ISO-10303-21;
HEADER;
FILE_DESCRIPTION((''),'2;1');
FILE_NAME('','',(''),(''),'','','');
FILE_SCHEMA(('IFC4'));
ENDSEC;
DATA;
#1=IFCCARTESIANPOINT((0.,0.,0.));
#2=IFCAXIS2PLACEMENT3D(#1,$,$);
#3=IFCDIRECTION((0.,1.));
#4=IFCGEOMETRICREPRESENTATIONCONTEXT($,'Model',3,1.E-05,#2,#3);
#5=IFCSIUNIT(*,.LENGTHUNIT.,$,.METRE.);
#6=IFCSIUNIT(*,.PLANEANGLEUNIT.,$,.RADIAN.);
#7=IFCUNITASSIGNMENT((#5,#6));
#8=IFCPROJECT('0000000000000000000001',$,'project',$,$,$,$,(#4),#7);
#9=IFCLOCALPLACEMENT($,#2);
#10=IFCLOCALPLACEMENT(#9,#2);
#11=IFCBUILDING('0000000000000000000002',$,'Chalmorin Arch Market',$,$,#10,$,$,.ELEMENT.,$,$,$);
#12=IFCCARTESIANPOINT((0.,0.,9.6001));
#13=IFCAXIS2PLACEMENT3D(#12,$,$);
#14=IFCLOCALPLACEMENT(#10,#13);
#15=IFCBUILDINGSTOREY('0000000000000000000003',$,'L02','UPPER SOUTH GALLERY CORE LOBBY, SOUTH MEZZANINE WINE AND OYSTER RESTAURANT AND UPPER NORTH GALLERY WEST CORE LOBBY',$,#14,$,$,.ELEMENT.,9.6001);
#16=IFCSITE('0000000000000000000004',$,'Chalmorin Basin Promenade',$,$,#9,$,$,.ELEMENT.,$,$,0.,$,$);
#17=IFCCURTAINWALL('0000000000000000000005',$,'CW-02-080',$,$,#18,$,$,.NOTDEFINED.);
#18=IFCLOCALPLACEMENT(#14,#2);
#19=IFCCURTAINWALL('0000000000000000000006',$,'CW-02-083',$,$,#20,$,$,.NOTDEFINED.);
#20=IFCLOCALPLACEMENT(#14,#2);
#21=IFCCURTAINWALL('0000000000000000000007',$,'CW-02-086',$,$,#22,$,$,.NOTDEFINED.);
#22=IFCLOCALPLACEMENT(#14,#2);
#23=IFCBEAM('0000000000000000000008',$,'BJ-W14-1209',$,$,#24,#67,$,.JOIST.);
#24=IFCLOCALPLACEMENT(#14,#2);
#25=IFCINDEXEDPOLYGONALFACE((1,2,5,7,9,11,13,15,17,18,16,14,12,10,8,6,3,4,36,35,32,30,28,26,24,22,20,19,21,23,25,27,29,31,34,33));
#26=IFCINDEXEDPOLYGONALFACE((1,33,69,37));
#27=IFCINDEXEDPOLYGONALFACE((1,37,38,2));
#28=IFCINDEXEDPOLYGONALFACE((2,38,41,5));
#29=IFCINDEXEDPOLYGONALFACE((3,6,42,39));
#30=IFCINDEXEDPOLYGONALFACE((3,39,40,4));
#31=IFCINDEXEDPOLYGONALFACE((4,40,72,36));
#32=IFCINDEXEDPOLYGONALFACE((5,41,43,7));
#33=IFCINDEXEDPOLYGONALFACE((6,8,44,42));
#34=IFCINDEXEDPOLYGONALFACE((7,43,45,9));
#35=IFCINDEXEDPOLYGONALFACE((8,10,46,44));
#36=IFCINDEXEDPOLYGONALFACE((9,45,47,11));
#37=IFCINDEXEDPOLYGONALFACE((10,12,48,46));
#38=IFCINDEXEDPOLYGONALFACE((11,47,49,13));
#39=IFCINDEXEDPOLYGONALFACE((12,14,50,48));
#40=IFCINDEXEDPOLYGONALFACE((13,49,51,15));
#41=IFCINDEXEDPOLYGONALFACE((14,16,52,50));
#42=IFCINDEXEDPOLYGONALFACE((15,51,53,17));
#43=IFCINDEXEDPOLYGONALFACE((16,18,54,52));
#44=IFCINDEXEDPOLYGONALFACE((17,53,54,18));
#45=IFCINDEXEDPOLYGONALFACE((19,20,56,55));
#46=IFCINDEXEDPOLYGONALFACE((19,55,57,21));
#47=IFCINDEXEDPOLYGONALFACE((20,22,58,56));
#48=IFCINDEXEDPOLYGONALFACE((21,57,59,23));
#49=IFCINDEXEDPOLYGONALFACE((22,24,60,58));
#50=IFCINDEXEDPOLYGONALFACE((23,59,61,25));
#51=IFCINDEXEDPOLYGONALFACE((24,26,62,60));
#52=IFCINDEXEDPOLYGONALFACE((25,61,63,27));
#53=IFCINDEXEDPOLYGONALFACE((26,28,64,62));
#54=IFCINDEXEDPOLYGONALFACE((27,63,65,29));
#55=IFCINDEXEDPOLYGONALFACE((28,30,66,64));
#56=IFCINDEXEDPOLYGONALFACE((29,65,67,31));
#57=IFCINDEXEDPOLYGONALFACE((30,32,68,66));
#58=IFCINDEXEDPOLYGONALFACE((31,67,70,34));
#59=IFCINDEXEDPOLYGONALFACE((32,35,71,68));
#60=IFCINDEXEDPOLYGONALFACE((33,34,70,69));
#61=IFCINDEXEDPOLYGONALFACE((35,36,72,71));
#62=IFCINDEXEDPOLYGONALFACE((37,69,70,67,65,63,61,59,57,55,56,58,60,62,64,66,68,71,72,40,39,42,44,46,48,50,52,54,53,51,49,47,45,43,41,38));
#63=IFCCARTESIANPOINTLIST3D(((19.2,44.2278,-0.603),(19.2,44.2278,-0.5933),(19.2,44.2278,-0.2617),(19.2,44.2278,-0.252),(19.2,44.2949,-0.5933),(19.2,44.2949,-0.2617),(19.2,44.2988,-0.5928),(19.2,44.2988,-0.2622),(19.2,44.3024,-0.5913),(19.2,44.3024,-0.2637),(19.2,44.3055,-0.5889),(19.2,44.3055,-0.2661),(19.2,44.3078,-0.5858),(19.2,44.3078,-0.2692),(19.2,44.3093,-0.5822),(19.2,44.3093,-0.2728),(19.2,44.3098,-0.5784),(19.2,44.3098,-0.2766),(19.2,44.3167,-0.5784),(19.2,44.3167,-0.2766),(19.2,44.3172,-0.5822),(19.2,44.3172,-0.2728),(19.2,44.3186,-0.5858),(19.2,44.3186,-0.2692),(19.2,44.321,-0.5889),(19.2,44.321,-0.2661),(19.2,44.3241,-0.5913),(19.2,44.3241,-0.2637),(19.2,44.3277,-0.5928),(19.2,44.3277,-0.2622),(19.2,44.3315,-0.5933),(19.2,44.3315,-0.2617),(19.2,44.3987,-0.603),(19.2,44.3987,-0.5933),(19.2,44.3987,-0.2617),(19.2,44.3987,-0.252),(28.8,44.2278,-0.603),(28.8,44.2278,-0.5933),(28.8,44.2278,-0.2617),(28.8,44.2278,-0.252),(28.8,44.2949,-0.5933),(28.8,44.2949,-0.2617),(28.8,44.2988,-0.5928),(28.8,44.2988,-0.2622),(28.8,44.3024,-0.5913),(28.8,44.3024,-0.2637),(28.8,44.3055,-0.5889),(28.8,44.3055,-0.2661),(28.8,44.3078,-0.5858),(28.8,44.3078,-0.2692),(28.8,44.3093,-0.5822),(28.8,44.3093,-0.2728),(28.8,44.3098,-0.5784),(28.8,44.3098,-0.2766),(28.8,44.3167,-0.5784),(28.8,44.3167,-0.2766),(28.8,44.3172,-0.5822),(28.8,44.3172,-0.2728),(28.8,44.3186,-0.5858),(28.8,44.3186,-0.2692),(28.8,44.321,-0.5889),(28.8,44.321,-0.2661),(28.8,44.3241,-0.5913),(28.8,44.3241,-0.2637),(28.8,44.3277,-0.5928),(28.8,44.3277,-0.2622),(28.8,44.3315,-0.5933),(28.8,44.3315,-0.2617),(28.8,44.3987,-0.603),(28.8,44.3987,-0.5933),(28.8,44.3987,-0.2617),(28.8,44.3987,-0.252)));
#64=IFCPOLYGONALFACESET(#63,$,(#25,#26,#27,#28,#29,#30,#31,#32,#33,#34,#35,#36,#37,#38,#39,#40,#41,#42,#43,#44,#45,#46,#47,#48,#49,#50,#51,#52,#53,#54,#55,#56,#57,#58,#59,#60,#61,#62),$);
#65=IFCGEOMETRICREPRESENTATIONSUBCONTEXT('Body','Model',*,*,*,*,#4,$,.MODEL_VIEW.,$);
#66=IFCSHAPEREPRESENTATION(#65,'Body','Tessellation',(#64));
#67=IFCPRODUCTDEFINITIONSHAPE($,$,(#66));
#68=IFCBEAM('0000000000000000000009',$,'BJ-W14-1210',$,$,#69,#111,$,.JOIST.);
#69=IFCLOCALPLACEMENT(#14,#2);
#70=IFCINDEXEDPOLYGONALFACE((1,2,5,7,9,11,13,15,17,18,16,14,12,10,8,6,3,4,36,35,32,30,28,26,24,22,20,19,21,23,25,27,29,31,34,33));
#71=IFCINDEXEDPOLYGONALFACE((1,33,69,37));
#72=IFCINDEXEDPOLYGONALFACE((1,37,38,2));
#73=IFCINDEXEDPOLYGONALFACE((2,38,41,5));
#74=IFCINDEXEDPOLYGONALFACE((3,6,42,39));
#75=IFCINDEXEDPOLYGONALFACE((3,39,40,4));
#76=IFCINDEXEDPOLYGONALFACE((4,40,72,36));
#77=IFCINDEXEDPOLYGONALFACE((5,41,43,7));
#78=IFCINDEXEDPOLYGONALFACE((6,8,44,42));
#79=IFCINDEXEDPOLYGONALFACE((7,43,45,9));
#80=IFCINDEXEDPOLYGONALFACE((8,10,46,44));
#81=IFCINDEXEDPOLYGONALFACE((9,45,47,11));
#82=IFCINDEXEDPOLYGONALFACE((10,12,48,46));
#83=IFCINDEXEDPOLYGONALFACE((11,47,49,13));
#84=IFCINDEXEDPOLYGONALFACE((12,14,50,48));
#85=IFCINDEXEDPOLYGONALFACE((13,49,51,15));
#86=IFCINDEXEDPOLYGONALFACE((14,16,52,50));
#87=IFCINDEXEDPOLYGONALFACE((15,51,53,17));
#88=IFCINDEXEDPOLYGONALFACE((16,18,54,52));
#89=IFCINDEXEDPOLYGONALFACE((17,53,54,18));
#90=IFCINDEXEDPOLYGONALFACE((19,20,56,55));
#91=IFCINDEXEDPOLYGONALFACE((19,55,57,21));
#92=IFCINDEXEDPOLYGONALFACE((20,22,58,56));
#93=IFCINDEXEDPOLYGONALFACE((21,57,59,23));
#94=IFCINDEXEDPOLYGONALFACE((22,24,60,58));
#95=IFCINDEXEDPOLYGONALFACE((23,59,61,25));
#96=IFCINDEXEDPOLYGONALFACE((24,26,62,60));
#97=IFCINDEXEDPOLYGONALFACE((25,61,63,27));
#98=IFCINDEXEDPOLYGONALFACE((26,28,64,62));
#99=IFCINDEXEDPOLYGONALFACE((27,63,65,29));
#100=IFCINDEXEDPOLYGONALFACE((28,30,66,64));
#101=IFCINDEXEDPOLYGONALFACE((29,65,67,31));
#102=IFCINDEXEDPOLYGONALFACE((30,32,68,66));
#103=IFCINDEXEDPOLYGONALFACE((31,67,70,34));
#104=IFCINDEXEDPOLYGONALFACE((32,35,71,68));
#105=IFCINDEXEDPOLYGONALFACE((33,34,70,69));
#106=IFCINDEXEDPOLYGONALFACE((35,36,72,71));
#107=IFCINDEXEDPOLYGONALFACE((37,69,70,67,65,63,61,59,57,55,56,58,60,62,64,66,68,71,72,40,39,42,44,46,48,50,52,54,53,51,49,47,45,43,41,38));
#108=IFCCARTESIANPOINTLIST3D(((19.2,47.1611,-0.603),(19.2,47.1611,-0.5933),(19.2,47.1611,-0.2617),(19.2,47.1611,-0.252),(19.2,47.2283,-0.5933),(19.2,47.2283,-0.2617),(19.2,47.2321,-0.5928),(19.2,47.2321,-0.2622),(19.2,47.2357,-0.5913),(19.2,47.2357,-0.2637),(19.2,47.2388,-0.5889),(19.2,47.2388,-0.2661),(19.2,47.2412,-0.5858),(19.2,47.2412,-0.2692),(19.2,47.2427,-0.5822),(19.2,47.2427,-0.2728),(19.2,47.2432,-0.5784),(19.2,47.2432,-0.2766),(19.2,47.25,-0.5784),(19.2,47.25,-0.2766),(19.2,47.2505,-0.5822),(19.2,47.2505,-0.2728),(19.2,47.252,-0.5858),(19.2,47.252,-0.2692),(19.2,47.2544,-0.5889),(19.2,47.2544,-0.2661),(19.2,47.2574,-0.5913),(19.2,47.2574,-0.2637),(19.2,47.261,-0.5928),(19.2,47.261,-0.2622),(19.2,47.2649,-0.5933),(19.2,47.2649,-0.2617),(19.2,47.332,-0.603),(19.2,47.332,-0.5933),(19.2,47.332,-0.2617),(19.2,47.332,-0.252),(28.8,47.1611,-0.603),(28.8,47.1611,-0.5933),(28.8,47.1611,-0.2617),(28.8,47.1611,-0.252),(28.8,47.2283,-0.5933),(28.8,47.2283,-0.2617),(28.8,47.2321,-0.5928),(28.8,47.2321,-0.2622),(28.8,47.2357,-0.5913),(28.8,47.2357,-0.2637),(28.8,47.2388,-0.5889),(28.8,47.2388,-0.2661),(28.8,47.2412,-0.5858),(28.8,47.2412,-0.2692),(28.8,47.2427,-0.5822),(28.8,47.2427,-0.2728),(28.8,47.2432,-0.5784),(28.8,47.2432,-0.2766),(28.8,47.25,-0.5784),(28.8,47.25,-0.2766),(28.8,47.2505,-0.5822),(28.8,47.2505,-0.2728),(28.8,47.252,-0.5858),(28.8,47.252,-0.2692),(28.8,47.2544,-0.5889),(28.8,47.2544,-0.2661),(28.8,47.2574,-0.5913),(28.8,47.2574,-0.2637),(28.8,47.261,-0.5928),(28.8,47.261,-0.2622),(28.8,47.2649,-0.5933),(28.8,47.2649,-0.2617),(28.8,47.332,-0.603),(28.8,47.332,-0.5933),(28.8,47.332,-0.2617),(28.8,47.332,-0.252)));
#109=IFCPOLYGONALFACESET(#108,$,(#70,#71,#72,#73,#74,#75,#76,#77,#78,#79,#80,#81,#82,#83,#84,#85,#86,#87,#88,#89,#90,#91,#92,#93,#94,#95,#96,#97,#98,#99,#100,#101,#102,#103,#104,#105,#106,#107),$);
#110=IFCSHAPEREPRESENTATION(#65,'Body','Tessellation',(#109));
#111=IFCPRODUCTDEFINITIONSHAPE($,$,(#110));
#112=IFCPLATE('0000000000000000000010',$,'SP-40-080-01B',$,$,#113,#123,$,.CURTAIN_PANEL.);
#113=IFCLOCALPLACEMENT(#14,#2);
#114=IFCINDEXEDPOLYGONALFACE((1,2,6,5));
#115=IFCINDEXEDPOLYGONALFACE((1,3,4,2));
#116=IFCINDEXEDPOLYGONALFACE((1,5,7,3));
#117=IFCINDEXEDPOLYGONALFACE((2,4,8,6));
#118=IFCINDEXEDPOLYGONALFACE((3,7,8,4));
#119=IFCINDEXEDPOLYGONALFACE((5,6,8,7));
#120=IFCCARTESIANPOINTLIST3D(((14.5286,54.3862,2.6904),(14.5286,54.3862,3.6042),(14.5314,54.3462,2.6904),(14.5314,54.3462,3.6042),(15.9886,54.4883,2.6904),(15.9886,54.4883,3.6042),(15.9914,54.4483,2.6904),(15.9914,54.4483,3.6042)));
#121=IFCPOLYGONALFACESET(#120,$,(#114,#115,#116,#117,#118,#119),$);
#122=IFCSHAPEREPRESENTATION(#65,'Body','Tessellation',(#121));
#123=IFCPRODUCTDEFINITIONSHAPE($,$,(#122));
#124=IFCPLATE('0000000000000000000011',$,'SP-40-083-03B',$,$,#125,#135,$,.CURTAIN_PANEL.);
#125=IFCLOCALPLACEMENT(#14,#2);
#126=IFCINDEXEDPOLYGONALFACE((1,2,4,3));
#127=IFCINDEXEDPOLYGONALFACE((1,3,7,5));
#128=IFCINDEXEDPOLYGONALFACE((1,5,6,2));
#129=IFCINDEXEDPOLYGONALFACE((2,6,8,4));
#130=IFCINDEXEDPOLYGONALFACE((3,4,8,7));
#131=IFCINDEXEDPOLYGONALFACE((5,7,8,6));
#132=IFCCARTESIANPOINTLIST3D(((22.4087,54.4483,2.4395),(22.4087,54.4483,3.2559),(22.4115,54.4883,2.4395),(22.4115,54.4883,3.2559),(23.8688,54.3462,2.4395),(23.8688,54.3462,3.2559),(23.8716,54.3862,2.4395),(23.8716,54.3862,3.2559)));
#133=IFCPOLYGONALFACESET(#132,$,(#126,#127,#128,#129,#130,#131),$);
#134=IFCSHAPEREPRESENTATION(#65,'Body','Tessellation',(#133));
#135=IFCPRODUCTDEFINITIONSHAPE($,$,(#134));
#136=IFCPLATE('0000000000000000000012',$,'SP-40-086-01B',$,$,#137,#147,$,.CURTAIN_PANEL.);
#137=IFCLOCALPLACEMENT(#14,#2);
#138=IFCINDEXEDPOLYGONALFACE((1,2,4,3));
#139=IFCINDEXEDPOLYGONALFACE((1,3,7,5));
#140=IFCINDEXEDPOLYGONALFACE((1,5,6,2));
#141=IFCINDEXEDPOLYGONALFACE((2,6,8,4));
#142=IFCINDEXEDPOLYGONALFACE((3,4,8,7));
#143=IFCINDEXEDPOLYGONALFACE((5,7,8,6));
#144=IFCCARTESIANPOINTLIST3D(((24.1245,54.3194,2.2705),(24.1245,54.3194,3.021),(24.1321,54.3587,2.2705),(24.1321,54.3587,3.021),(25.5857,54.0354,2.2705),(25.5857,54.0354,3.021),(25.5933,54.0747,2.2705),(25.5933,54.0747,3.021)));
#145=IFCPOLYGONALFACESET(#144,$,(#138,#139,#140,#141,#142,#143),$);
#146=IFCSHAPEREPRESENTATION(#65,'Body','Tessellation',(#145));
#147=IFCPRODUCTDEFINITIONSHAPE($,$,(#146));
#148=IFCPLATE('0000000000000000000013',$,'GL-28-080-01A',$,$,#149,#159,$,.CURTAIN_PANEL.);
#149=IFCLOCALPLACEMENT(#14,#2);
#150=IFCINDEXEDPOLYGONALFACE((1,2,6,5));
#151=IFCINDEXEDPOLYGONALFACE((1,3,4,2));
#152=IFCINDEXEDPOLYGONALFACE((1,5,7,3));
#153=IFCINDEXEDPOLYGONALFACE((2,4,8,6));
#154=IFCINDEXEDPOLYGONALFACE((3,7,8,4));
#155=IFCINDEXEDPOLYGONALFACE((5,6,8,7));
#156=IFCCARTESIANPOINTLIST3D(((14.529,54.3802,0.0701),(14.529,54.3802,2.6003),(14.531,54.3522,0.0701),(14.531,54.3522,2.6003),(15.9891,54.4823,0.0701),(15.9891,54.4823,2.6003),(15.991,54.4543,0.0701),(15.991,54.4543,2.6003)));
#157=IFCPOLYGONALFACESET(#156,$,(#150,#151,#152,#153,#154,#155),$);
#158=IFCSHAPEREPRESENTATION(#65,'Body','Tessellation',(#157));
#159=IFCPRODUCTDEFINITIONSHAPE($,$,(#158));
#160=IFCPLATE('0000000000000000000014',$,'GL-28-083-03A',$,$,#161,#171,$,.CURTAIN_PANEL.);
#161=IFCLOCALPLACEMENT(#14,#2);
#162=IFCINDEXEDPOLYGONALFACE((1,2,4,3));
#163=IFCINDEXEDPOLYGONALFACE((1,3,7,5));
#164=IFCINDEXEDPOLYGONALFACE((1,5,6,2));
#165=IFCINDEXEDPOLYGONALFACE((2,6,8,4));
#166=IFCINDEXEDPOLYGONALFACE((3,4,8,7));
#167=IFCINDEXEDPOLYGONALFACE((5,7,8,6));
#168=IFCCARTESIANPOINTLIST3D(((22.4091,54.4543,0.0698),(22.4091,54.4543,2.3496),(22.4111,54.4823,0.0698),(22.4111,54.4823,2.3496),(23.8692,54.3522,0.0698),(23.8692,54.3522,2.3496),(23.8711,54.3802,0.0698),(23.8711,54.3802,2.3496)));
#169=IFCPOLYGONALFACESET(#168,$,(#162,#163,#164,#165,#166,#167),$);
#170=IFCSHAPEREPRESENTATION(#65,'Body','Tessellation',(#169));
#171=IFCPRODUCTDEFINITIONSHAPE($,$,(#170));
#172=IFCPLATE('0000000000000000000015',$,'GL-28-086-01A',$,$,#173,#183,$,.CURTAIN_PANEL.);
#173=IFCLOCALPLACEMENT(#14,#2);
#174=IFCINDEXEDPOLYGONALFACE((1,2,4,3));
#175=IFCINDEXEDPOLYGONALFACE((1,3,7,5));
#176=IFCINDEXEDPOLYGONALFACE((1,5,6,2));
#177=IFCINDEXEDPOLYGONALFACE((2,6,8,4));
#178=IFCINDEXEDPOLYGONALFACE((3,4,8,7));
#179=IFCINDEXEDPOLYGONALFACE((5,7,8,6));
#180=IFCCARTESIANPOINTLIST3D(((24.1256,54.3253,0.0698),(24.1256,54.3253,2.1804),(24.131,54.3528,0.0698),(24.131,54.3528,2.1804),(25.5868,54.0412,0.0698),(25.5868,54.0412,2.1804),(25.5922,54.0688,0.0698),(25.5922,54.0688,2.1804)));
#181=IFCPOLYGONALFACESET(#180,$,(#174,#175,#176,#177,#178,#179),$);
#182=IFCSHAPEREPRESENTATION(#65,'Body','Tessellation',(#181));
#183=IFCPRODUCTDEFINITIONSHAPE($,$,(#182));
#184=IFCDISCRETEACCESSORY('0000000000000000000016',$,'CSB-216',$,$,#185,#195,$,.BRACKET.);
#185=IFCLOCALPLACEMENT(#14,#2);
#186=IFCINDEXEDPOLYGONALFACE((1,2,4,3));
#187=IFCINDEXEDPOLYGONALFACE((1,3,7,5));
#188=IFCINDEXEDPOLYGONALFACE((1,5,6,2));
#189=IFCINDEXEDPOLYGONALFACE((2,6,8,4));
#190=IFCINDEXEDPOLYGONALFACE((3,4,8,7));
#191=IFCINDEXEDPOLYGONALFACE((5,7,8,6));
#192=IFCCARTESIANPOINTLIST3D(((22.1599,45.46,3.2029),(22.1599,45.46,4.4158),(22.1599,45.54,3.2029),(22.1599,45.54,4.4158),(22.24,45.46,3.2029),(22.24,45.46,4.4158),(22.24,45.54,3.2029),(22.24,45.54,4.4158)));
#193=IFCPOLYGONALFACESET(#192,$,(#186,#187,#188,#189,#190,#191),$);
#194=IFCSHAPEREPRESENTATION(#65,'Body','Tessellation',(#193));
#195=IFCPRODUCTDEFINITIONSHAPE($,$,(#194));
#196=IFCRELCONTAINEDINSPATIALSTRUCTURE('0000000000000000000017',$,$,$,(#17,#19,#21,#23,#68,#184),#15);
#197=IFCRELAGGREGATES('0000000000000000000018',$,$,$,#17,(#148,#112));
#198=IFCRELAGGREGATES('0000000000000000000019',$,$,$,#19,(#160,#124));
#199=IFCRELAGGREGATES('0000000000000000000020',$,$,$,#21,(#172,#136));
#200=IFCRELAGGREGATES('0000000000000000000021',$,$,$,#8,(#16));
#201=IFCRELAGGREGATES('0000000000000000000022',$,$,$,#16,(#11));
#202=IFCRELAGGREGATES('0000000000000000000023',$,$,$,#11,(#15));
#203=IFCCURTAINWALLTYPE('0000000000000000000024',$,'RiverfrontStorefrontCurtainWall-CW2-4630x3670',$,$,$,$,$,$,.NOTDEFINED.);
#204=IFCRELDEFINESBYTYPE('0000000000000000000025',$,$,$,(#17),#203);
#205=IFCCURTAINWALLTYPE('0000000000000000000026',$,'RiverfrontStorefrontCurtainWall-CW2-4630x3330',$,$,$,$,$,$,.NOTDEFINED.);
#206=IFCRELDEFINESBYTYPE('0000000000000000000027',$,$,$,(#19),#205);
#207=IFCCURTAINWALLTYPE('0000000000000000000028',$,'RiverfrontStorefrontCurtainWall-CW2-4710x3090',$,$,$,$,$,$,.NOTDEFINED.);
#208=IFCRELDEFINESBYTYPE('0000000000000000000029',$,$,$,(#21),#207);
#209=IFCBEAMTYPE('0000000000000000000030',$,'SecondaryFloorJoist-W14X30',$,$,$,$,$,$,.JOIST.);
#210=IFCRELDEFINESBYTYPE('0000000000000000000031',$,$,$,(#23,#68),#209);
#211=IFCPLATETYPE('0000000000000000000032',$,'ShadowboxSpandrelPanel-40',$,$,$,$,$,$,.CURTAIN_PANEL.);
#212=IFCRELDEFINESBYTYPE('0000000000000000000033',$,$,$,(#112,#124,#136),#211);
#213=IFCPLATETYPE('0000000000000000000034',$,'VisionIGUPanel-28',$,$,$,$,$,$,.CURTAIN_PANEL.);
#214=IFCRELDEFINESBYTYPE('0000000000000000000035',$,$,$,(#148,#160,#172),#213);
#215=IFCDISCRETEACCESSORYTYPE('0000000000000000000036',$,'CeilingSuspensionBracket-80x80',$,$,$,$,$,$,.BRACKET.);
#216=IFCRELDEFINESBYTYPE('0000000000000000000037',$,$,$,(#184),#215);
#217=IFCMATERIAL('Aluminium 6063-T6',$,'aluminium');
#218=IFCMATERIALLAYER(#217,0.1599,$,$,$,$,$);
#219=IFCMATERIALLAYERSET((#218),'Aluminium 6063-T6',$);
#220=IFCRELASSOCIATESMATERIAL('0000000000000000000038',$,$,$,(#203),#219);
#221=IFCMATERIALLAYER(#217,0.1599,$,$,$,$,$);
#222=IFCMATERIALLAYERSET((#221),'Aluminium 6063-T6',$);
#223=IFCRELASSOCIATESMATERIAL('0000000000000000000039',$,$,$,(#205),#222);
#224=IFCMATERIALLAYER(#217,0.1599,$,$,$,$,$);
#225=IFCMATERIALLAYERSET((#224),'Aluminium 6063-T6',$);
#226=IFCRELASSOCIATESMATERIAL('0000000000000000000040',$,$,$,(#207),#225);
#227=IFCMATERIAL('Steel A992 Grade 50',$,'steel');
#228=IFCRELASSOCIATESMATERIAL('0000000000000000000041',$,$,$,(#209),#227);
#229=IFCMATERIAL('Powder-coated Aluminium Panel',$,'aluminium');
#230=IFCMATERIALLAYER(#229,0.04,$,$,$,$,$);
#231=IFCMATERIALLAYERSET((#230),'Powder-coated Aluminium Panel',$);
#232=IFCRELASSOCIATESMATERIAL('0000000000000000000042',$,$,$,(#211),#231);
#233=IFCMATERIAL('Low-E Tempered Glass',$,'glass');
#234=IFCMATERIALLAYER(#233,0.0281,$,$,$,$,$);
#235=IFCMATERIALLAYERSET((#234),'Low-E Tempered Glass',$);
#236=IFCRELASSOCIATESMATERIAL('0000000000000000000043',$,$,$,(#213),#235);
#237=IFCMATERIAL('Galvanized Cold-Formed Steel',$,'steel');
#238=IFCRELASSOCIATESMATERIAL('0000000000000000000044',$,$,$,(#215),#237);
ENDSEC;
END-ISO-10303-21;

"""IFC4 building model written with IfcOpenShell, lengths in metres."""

from ifc_helpers import new_model, si_unit, direction, frame, origin, origin_2d, place, context, subcontext, project, spatial, rectangle, i_section, extrude, material, layer, layer_set, material_profile, profile_set, type_object, element, aggregate, save


model = new_model("IFC4")

# Units and contexts
model_context = context("Model", 3, precision=1e-05, world=origin(), true_north=direction((0.0, 1.0)))
body_context = subcontext(model_context, "Body", "Model", "MODEL_VIEW")
ifc_project = project(units=[si_unit("LENGTHUNIT", "METRE"), si_unit("PLANEANGLEUNIT", "RADIAN")], contexts=[model_context])

# Site, building, storey
site_placement = place(None, origin())
site = spatial("IfcSite", under=ifc_project, at=site_placement, Name="Chalmorin Basin Promenade", CompositionType="ELEMENT", RefElevation=0.0)
building_placement = place(site_placement, origin())
building = spatial("IfcBuilding", under=site, at=building_placement, Name="Chalmorin Arch Market", CompositionType="ELEMENT")
storey_placement = place(building_placement, frame((0.0, 0.0, 9.6001)))
storey = spatial("IfcBuildingStorey", under=building, at=storey_placement, Name="L02", Description="UPPER SOUTH GALLERY CORE LOBBY, SOUTH MEZZANINE WINE AND OYSTER RESTAURANT AND UPPER NORTH GALLERY WEST CORE LOBBY", CompositionType="ELEMENT", Elevation=9.6001)

# Shared definitions
ifc_material_1 = material(Name="Steel A992 Grade 50", Category="steel")

# Curtain walls
ifc_material_2 = material(Name="Aluminium 6063-T6", Category="aluminium")
ifc_layer_1 = layer(ifc_material_2, 0.1599)
ifc_layer_set_1 = layer_set([ifc_layer_1], Name="Aluminium 6063-T6")
curtain_wall_type_1 = type_object("IfcCurtainWallType", Name="RiverfrontStorefrontCurtainWall-CW2-4630x3670", PredefinedType="NOTDEFINED", material=ifc_layer_set_1)
curtain_wall_1_placement = place(storey_placement, origin())
curtain_wall_1 = element("IfcCurtainWall", 1, at=curtain_wall_1_placement, inside=storey, type_object=curtain_wall_type_1, Name="CW-02-080", PredefinedType="NOTDEFINED")
ifc_layer_2 = layer(ifc_material_2, 0.1599)
ifc_layer_set_2 = layer_set([ifc_layer_2], Name="Aluminium 6063-T6")
curtain_wall_type_2 = type_object("IfcCurtainWallType", Name="RiverfrontStorefrontCurtainWall-CW2-4630x3330", PredefinedType="NOTDEFINED", material=ifc_layer_set_2)
curtain_wall_2_placement = place(storey_placement, origin())
curtain_wall_2 = element("IfcCurtainWall", 2, at=curtain_wall_2_placement, inside=storey, type_object=curtain_wall_type_2, Name="CW-02-083", PredefinedType="NOTDEFINED")

# Curtain wall
ifc_layer_3 = layer(ifc_material_2, 0.1599)
ifc_layer_set_3 = layer_set([ifc_layer_3], Name="Aluminium 6063-T6")
curtain_wall_type_3 = type_object("IfcCurtainWallType", Name="RiverfrontStorefrontCurtainWall-CW2-4710x3090", PredefinedType="NOTDEFINED", material=ifc_layer_set_3)
curtain_wall_3_placement = place(storey_placement, origin())
curtain_wall_3 = element("IfcCurtainWall", 3, at=curtain_wall_3_placement, inside=storey, type_object=curtain_wall_type_3, Name="CW-02-086", PredefinedType="NOTDEFINED")

# Beams
ifc_material_profile_1 = material_profile(ifc_material_1, i_section(OverallWidth=0.1709, OverallDepth=0.3511, WebThickness=0.0068, FlangeThickness=0.0098, FilletRadius=0.0149, at=origin_2d()), Name="W14X30")
ifc_profile_set_1 = profile_set([ifc_material_profile_1], Name="Steel A992 Grade 50")
beam_type_1 = type_object("IfcBeamType", Name="SecondaryFloorJoist-W14X30", PredefinedType="JOIST", material=ifc_profile_set_1)
for number, where, z_axis, x_axis, name in (
    (4, (19.2, 44.3132, -0.4275), (1.0, 0.0, 0.0), (0.0, 1.0, 0.0), "BJ-W14-1209"),
    (5, (19.2, 47.2466, -0.4275), (1.0, 0.0, 0.0), (0.0, 1.0, 0.0), "BJ-W14-1210"),
):
    element("IfcBeam", number, at=place(storey_placement, frame(where, z_axis=z_axis, x_axis=x_axis)), inside=storey, type_object=beam_type_1, Name=name, PredefinedType="JOIST", context=body_context, shape_type="SweptSolid", body=[
        extrude(i_section(OverallWidth=0.1709, OverallDepth=0.3511, WebThickness=0.0068, FlangeThickness=0.0098, FilletRadius=0.0149, at=origin_2d()), origin(), (0.0, 0.0, 1.0), 9.6001),
    ])

# Plates
ifc_material_3 = material(Name="Powder-coated Aluminium Panel", Category="aluminium")
ifc_layer_4 = layer(ifc_material_3, 0.04)
ifc_layer_set_4 = layer_set([ifc_layer_4], Name="Powder-coated Aluminium Panel")
plate_type_1 = type_object("IfcPlateType", Name="ShadowboxSpandrelPanel-40", PredefinedType="CURTAIN_PANEL", material=ifc_layer_set_4)
plate_1_placement = place(storey_placement, frame((15.26, 54.4172, 2.6904), z_axis=(0.0, 0.0, 1.0), x_axis=(0.997564, 0.069756, 0.0)))
plate_1 = element("IfcPlate", 6, at=plate_1_placement, type_object=plate_type_1, Name="SP-40-080-01B", PredefinedType="CURTAIN_PANEL", context=body_context, shape_type="SweptSolid", body=[
    extrude(rectangle(XDim=1.4636, YDim=0.04, at=origin_2d()), origin(), (0.0, 0.0, 1.0), 0.9138),
])
plate_2_placement = place(storey_placement, frame((23.1401, 54.4172, 2.4395), z_axis=(0.0, 0.0, 1.0), x_axis=(0.997564, -0.069756, 0.0)))
plate_2 = element("IfcPlate", 7, at=plate_2_placement, type_object=plate_type_1, Name="SP-40-083-03B", PredefinedType="CURTAIN_PANEL", context=body_context, shape_type="SweptSolid", body=[
    extrude(rectangle(XDim=1.4636, YDim=0.04, at=origin_2d()), origin(), (0.0, 0.0, 1.0), 0.8164),
])
plate_3_placement = place(storey_placement, frame((24.8589, 54.197, 2.2705), z_axis=(0.0, 0.0, 1.0), x_axis=(0.981627, -0.190809, 0.0)))
plate_3 = element("IfcPlate", 8, at=plate_3_placement, type_object=plate_type_1, Name="SP-40-086-01B", PredefinedType="CURTAIN_PANEL", context=body_context, shape_type="SweptSolid", body=[
    extrude(rectangle(XDim=1.4885, YDim=0.04, at=origin_2d()), origin(), (0.0, 0.0, 1.0), 0.7505),
])
ifc_material_4 = material(Name="Low-E Tempered Glass", Category="glass")
ifc_layer_5 = layer(ifc_material_4, 0.0281)
ifc_layer_set_5 = layer_set([ifc_layer_5], Name="Low-E Tempered Glass")
plate_type_2 = type_object("IfcPlateType", Name="VisionIGUPanel-28", PredefinedType="CURTAIN_PANEL", material=ifc_layer_set_5)
plate_4_placement = place(storey_placement, frame((15.26, 54.4172, 0.0701), z_axis=(0.0, 0.0, 1.0), x_axis=(0.997564, 0.069756, 0.0)))
plate_4 = element("IfcPlate", 9, at=plate_4_placement, type_object=plate_type_2, Name="GL-28-080-01A", PredefinedType="CURTAIN_PANEL", context=body_context, shape_type="SweptSolid", body=[
    extrude(rectangle(XDim=1.4636, YDim=0.0281, at=origin_2d()), origin(), (0.0, 0.0, 1.0), 2.5303),
])
aggregate(curtain_wall_1, [plate_4, plate_1])
plate_5_placement = place(storey_placement, frame((23.1401, 54.4172, 0.0698), z_axis=(0.0, 0.0, 1.0), x_axis=(0.997564, -0.069756, 0.0)))
plate_5 = element("IfcPlate", 10, at=plate_5_placement, type_object=plate_type_2, Name="GL-28-083-03A", PredefinedType="CURTAIN_PANEL", context=body_context, shape_type="SweptSolid", body=[
    extrude(rectangle(XDim=1.4636, YDim=0.0281, at=origin_2d()), origin(), (0.0, 0.0, 1.0), 2.2798),
])
aggregate(curtain_wall_2, [plate_5, plate_2])
plate_6_placement = place(storey_placement, frame((24.8589, 54.197, 0.0698), z_axis=(0.0, 0.0, 1.0), x_axis=(0.981627, -0.190809, 0.0)))
plate_6 = element("IfcPlate", 11, at=plate_6_placement, type_object=plate_type_2, Name="GL-28-086-01A", PredefinedType="CURTAIN_PANEL", context=body_context, shape_type="SweptSolid", body=[
    extrude(rectangle(XDim=1.4885, YDim=0.0281, at=origin_2d()), origin(), (0.0, 0.0, 1.0), 2.1106),
])
aggregate(curtain_wall_3, [plate_6, plate_3])

# Discrete accessory
ifc_material_5 = material(Name="Galvanized Cold-Formed Steel", Category="steel")
discrete_accessory_type = type_object("IfcDiscreteAccessoryType", Name="CeilingSuspensionBracket-80x80", PredefinedType="BRACKET", material=ifc_material_5)
discrete_accessory_placement = place(storey_placement, frame((22.2, 45.5, 3.2029), z_axis=(0.0, 0.0, 1.0), x_axis=(1.0, 0.0, 0.0)))
element("IfcDiscreteAccessory", 12, at=discrete_accessory_placement, inside=storey, type_object=discrete_accessory_type, Name="CSB-216", PredefinedType="BRACKET", context=body_context, shape_type="SweptSolid", body=[
    extrude(rectangle(XDim=0.0801, YDim=0.0801, at=origin_2d()), origin(), (0.0, 0.0, 1.0), 1.2129),
])

save(model, "model.ifc")
